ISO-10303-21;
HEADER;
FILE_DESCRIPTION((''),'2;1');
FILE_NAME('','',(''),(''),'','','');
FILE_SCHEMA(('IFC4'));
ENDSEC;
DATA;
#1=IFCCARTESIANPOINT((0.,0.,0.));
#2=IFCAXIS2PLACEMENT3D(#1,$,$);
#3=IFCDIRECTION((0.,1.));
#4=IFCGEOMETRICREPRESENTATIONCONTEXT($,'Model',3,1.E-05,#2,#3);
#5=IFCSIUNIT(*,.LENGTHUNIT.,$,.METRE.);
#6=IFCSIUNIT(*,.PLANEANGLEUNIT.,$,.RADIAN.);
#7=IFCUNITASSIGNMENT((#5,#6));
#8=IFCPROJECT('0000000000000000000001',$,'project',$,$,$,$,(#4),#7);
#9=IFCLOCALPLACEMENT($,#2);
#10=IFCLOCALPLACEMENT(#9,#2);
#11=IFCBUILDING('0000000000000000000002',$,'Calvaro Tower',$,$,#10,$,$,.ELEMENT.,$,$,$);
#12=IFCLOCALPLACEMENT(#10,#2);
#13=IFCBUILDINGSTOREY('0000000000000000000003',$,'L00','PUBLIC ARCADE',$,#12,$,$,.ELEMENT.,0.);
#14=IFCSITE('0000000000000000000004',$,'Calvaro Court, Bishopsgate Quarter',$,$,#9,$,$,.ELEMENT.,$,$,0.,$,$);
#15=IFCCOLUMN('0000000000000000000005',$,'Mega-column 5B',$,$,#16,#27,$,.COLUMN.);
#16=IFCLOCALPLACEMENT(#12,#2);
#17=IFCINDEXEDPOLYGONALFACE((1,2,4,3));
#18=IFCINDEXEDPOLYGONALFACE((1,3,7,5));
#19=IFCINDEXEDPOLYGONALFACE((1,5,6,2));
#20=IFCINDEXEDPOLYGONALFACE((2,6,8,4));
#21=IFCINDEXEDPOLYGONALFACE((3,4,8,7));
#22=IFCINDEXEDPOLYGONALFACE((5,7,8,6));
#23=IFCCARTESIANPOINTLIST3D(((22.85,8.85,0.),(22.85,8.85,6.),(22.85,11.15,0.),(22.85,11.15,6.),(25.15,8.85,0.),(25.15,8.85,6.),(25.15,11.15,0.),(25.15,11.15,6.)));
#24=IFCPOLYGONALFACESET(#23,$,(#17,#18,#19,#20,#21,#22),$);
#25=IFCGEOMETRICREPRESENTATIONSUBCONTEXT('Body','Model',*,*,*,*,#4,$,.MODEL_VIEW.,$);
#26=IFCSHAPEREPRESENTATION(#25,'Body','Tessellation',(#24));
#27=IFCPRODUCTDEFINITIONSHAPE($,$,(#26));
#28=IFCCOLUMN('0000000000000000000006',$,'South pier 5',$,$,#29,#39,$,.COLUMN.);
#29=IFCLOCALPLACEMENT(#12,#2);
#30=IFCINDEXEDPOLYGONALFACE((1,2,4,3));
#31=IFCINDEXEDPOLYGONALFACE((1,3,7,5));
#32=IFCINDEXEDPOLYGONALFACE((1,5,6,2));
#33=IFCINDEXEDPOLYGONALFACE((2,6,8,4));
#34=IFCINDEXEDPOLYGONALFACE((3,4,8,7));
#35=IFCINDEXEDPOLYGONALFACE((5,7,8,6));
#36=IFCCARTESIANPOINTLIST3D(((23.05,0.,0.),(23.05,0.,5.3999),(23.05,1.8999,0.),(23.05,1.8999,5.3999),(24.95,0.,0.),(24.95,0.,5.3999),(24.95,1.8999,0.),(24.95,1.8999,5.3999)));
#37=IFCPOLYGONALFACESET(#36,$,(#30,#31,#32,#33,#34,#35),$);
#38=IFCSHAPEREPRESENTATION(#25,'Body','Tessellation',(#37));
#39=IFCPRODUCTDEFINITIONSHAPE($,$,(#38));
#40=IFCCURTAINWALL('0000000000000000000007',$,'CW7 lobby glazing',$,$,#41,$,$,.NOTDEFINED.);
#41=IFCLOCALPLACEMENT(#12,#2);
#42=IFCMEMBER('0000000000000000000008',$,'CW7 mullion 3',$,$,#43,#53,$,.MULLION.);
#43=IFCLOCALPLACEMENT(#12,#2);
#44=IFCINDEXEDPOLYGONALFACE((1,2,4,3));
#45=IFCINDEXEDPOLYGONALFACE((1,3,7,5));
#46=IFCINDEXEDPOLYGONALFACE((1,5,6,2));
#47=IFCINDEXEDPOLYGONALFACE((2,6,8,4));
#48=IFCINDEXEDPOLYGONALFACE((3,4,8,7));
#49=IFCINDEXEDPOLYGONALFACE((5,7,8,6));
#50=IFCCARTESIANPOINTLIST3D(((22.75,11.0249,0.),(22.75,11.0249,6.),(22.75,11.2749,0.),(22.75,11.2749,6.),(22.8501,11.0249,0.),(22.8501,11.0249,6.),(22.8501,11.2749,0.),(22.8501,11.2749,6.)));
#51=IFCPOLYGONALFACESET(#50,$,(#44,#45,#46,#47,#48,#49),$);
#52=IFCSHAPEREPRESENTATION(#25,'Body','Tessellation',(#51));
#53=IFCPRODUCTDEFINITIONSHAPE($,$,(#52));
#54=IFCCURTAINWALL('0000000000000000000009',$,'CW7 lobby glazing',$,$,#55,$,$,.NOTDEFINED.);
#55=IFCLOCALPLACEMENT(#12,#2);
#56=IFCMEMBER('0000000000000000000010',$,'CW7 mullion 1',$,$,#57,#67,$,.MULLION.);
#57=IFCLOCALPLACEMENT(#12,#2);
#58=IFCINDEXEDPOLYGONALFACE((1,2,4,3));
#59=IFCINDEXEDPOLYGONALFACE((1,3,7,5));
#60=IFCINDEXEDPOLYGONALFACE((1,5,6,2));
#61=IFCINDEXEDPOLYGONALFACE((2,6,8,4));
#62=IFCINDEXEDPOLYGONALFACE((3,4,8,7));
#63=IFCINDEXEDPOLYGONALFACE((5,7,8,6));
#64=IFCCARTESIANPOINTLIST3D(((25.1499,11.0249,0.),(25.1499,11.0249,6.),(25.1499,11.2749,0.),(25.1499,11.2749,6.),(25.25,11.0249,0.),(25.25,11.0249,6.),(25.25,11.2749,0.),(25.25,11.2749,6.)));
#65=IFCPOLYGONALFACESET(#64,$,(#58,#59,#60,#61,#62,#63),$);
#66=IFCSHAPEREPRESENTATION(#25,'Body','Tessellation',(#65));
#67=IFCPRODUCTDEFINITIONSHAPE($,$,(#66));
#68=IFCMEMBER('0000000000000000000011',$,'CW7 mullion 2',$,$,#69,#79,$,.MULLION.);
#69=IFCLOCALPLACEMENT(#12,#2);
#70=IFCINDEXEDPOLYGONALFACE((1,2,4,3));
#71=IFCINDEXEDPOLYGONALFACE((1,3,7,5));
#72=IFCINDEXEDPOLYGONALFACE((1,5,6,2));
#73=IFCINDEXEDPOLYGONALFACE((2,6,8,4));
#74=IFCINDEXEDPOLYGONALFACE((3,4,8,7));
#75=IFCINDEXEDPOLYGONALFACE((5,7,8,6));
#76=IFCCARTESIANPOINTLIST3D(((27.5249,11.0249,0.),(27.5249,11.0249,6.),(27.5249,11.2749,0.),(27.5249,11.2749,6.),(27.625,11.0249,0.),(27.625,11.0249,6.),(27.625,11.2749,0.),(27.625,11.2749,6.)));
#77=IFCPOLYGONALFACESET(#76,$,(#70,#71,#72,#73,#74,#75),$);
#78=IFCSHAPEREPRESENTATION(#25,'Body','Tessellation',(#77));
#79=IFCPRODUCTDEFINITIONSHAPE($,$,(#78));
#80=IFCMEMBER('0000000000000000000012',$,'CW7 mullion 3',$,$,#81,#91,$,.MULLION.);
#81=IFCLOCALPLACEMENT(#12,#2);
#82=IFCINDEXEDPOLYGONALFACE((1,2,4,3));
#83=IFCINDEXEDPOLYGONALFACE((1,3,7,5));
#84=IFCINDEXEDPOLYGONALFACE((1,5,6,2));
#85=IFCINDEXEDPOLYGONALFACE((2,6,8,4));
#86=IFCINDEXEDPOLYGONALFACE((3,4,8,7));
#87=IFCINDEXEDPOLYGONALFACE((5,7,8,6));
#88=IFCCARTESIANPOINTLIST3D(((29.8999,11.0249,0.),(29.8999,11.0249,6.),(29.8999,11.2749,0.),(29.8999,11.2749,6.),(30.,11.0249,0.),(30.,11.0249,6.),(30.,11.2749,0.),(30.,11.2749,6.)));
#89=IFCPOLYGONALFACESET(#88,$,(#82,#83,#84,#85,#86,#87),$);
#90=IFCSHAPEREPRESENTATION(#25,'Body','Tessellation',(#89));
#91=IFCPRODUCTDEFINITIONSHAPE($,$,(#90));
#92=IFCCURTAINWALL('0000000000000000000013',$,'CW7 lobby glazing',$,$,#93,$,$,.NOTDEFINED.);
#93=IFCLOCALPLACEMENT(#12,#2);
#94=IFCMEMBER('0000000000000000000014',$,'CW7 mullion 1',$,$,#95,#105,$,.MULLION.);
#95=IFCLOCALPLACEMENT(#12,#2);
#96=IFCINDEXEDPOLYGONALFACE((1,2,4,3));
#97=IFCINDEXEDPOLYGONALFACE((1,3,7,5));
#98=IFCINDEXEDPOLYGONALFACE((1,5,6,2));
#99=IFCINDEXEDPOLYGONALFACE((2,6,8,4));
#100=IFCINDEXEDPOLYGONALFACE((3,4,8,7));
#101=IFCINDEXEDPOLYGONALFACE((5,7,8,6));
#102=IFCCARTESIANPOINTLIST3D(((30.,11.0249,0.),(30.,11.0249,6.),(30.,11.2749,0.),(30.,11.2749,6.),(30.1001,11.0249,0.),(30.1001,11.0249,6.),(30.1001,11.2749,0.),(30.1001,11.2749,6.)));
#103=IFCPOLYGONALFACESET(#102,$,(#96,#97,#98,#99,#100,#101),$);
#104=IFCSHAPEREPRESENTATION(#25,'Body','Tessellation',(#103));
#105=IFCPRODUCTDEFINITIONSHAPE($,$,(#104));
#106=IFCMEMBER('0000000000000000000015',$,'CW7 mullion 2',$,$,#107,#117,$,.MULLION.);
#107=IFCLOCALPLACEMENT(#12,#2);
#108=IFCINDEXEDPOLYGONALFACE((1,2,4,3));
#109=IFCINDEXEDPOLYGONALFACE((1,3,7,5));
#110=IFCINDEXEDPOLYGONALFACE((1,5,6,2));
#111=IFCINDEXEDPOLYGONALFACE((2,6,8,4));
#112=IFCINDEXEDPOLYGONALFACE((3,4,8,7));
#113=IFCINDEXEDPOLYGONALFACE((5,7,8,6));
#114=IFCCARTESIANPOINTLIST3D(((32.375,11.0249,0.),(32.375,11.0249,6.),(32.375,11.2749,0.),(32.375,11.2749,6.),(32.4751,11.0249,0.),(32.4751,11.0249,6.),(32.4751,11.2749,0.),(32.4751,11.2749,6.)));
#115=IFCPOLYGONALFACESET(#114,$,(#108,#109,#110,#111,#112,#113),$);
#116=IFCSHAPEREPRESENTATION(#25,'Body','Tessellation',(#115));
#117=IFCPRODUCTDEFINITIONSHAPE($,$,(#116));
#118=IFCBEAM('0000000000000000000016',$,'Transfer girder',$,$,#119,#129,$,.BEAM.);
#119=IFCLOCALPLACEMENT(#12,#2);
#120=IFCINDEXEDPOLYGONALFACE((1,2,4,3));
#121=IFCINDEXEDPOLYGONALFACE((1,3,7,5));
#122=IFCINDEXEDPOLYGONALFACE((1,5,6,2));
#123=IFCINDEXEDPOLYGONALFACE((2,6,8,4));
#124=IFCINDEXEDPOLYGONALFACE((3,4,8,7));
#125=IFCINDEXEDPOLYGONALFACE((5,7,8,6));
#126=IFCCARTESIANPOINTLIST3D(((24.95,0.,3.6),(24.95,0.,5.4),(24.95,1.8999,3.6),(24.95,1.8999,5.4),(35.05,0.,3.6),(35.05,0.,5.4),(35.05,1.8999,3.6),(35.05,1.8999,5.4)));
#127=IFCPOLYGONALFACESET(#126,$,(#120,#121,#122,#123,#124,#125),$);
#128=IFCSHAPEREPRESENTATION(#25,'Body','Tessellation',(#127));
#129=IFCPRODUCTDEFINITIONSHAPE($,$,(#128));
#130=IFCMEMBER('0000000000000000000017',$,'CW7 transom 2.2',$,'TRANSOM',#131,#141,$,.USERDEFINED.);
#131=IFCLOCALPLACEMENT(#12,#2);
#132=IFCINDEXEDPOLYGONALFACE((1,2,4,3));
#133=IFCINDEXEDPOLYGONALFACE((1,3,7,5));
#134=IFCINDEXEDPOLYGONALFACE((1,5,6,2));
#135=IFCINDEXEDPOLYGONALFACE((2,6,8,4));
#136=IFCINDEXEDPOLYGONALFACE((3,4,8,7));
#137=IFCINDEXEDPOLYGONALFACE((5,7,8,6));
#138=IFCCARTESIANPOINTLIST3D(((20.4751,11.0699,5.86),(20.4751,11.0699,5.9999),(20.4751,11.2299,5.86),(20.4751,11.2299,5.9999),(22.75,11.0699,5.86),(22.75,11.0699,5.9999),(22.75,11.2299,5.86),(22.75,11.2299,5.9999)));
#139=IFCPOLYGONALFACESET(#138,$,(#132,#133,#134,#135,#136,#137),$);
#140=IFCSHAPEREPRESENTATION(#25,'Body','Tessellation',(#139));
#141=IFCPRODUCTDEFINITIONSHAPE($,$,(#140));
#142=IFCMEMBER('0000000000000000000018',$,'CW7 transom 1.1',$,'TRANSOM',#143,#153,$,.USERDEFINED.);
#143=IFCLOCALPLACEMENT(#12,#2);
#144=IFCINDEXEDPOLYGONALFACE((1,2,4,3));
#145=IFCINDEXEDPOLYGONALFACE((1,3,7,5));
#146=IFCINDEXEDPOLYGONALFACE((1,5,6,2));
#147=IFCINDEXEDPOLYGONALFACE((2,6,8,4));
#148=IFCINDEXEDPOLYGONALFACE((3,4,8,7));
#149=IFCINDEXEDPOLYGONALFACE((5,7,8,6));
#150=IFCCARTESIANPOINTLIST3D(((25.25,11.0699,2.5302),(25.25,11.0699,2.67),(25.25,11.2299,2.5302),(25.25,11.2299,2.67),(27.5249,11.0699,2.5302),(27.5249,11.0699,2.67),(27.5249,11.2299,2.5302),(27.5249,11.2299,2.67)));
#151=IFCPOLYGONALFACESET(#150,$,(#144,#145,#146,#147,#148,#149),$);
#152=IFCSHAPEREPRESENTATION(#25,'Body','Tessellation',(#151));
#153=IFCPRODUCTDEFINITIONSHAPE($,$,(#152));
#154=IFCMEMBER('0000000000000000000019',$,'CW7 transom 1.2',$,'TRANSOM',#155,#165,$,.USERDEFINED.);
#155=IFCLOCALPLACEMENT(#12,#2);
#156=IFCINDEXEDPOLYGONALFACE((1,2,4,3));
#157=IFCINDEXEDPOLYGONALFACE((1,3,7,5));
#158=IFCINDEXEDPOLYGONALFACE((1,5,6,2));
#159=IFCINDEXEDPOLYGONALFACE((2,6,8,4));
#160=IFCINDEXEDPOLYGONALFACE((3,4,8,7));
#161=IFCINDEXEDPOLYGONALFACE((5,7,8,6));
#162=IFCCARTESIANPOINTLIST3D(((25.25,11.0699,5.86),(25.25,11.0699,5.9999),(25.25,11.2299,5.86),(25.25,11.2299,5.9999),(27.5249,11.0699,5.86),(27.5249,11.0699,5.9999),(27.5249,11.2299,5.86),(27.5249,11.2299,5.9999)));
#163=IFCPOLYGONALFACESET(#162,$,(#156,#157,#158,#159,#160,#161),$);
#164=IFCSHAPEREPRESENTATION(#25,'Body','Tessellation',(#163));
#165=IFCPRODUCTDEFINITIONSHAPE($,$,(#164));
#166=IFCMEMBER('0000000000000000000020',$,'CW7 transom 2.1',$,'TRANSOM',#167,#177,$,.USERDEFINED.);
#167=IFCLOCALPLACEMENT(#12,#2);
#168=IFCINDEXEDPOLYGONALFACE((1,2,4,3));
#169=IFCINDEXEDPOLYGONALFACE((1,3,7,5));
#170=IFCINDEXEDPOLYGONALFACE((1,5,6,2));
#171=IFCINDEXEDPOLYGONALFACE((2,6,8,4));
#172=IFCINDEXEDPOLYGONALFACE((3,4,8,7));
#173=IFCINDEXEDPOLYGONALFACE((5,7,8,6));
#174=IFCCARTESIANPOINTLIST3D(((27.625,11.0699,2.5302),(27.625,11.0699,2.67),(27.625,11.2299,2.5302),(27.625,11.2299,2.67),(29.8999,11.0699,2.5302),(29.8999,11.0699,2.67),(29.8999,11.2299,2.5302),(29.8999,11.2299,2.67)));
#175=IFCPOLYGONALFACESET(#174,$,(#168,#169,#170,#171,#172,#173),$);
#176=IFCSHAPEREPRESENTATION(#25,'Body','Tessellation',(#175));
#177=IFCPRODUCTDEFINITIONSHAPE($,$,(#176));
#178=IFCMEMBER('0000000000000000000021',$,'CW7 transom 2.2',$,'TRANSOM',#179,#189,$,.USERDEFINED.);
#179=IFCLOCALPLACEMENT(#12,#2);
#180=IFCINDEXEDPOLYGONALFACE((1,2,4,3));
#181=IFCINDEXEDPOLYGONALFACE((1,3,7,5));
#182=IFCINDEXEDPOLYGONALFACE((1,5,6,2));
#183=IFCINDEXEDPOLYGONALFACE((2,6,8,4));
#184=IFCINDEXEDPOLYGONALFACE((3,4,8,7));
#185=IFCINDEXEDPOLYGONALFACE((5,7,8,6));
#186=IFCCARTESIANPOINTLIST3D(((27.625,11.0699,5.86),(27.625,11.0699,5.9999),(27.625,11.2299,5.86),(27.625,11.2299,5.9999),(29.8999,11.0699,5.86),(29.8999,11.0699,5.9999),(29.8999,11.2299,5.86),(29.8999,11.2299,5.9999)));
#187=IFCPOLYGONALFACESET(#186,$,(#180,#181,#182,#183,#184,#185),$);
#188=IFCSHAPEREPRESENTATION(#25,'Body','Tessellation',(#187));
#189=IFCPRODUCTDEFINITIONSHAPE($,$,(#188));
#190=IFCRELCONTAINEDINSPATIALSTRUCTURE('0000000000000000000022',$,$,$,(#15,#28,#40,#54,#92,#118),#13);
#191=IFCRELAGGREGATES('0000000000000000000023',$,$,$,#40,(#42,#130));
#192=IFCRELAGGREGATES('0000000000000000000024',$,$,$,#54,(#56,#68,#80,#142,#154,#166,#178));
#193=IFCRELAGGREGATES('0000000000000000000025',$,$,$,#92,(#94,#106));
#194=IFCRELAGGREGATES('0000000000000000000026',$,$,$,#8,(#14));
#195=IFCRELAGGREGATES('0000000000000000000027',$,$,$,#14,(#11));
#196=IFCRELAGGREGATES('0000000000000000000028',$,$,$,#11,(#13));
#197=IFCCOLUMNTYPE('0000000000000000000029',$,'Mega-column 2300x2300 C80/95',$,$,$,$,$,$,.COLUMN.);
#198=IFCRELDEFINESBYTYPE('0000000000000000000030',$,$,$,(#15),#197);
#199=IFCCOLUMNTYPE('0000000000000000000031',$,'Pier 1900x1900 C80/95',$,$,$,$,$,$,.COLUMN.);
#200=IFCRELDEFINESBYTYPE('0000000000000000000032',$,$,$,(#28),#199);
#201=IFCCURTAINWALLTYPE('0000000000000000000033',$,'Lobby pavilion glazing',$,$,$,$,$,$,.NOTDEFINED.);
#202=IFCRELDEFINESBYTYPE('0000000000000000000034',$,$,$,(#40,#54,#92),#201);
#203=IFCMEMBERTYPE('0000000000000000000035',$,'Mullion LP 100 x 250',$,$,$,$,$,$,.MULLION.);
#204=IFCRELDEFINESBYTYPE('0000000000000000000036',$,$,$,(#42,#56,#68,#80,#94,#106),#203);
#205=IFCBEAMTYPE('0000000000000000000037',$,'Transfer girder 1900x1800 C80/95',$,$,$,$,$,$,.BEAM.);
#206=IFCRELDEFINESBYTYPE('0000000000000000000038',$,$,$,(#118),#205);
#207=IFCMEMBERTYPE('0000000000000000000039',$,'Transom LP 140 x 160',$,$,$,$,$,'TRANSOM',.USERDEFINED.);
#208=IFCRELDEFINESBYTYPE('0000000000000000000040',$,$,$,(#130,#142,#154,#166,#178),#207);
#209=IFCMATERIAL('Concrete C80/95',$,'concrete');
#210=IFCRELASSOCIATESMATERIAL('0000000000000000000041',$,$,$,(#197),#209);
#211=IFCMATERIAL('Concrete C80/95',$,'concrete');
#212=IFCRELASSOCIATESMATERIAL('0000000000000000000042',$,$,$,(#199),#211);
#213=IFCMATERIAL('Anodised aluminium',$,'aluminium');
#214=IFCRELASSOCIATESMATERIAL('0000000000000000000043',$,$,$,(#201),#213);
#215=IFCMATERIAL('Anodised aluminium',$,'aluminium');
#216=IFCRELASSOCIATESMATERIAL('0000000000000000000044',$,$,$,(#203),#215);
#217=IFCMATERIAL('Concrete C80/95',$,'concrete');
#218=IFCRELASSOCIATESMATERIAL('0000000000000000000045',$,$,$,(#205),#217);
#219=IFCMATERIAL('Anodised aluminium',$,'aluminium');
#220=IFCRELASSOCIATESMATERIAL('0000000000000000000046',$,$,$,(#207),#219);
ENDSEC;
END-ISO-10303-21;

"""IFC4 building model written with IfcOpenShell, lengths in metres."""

from ifc_helpers import new_model, si_unit, direction, frame, origin, origin_2d, place, context, subcontext, project, spatial, rectangle, extrude, material, material_profile, profile_set, type_object, element, aggregate, save


model = new_model("IFC4")

# Units and contexts
model_context = context("Model", 3, precision=1e-05, world=origin(), true_north=direction((0.0, 1.0)))
body_context = subcontext(model_context, "Body", "Model", "MODEL_VIEW")
ifc_project = project(units=[si_unit("LENGTHUNIT", "METRE"), si_unit("PLANEANGLEUNIT", "RADIAN")], contexts=[model_context])

# Site, building, storey
site_placement = place(None, origin())
site = spatial("IfcSite", under=ifc_project, at=site_placement, Name="Calvaro Court, Bishopsgate Quarter", CompositionType="ELEMENT", RefElevation=0.0)
building_placement = place(site_placement, origin())
building = spatial("IfcBuilding", under=site, at=building_placement, Name="Calvaro Tower", CompositionType="ELEMENT")
storey_placement = place(building_placement, origin())
storey = spatial("IfcBuildingStorey", under=building, at=storey_placement, Name="L00", Description="PUBLIC ARCADE", CompositionType="ELEMENT", Elevation=0.0)

# Columns
ifc_material_1 = material(Name="Concrete C80/95", Category="concrete")
ifc_material_profile_1 = material_profile(ifc_material_1, rectangle(XDim=2.3, YDim=2.3, at=origin_2d()), Name="RC 2300x2300")
ifc_profile_set_1 = profile_set([ifc_material_profile_1], Name="Concrete C80/95")
column_type_1 = type_object("IfcColumnType", Name="Mega-column 2300x2300 C80/95", PredefinedType="COLUMN", material=ifc_profile_set_1)
column_1_placement = place(storey_placement, frame((24.0, 10.0, 0.0), z_axis=(0.0, 0.0, 1.0), x_axis=(1.0, 0.0, 0.0)))
element("IfcColumn", 1, at=column_1_placement, inside=storey, type_object=column_type_1, Name="Mega-column 5B", PredefinedType="COLUMN", context=body_context, shape_type="SweptSolid", body=[
    extrude(rectangle(XDim=2.3, YDim=2.3, at=origin_2d()), origin(), (0.0, 0.0, 1.0), 6.0),
])
ifc_material_2 = material(Name="Concrete C80/95", Category="concrete")
ifc_material_profile_2 = material_profile(ifc_material_2, rectangle(XDim=1.8999, YDim=1.8999, at=origin_2d()), Name="RC 1900x1900")
ifc_profile_set_2 = profile_set([ifc_material_profile_2], Name="Concrete C80/95")
column_type_2 = type_object("IfcColumnType", Name="Pier 1900x1900 C80/95", PredefinedType="COLUMN", material=ifc_profile_set_2)
column_2_placement = place(storey_placement, frame((24.0, 0.95, 0.0), z_axis=(0.0, 0.0, 1.0), x_axis=(1.0, 0.0, 0.0)))
element("IfcColumn", 2, at=column_2_placement, inside=storey, type_object=column_type_2, Name="South pier 5", PredefinedType="COLUMN", context=body_context, shape_type="SweptSolid", body=[
    extrude(rectangle(XDim=1.8999, YDim=1.8999, at=origin_2d()), origin(), (0.0, 0.0, 1.0), 5.3999),
])

# Curtain wall, member
ifc_material_3 = material(Name="Anodised aluminium", Category="aluminium")
curtain_wall_type = type_object("IfcCurtainWallType", Name="Lobby pavilion glazing", PredefinedType="NOTDEFINED", material=ifc_material_3)
curtain_wall_1_placement = place(storey_placement, origin())
curtain_wall_1 = element("IfcCurtainWall", 3, at=curtain_wall_1_placement, inside=storey, type_object=curtain_wall_type, Name="CW7 lobby glazing", PredefinedType="NOTDEFINED")
ifc_material_4 = material(Name="Anodised aluminium", Category="aluminium")
ifc_material_profile_3 = material_profile(ifc_material_4, rectangle(XDim=0.25, YDim=0.1001, at=origin_2d()), Name="Mullion LP 100 x 250")
ifc_profile_set_3 = profile_set([ifc_material_profile_3], Name="Anodised aluminium")
member_type_1 = type_object("IfcMemberType", Name="Mullion LP 100 x 250", PredefinedType="MULLION", material=ifc_profile_set_3)
member_1_placement = place(storey_placement, frame((22.8, 11.1499, 0.0), z_axis=(0.0, 0.0, 1.0), x_axis=(0.0, 1.0, 0.0)))
member_1 = element("IfcMember", 4, at=member_1_placement, type_object=member_type_1, Name="CW7 mullion 3", PredefinedType="MULLION", context=body_context, shape_type="SweptSolid", body=[
    extrude(rectangle(XDim=0.25, YDim=0.1001, at=origin_2d()), origin(), (0.0, 0.0, 1.0), 6.0),
])

# Curtain walls, members
curtain_wall_2_placement = place(storey_placement, origin())
curtain_wall_2 = element("IfcCurtainWall", 5, at=curtain_wall_2_placement, inside=storey, type_object=curtain_wall_type, Name="CW7 lobby glazing", PredefinedType="NOTDEFINED")
member_2_placement = place(storey_placement, frame((25.2, 11.1499, 0.0), z_axis=(0.0, 0.0, 1.0), x_axis=(0.0, 1.0, 0.0)))
member_2 = element("IfcMember", 6, at=member_2_placement, type_object=member_type_1, Name="CW7 mullion 1", PredefinedType="MULLION", context=body_context, shape_type="SweptSolid", body=[
    extrude(rectangle(XDim=0.25, YDim=0.1001, at=origin_2d()), origin(), (0.0, 0.0, 1.0), 6.0),
])
member_3_placement = place(storey_placement, frame((27.575, 11.1499, 0.0), z_axis=(0.0, 0.0, 1.0), x_axis=(0.0, 1.0, 0.0)))
member_3 = element("IfcMember", 7, at=member_3_placement, type_object=member_type_1, Name="CW7 mullion 2", PredefinedType="MULLION", context=body_context, shape_type="SweptSolid", body=[
    extrude(rectangle(XDim=0.25, YDim=0.1001, at=origin_2d()), origin(), (0.0, 0.0, 1.0), 6.0),
])
member_4_placement = place(storey_placement, frame((29.95, 11.1499, 0.0), z_axis=(0.0, 0.0, 1.0), x_axis=(0.0, 1.0, 0.0)))
member_4 = element("IfcMember", 8, at=member_4_placement, type_object=member_type_1, Name="CW7 mullion 3", PredefinedType="MULLION", context=body_context, shape_type="SweptSolid", body=[
    extrude(rectangle(XDim=0.25, YDim=0.1001, at=origin_2d()), origin(), (0.0, 0.0, 1.0), 6.0),
])
curtain_wall_3_placement = place(storey_placement, origin())
curtain_wall_3 = element("IfcCurtainWall", 9, at=curtain_wall_3_placement, inside=storey, type_object=curtain_wall_type, Name="CW7 lobby glazing", PredefinedType="NOTDEFINED")
member_5_placement = place(storey_placement, frame((30.05, 11.1499, 0.0), z_axis=(0.0, 0.0, 1.0), x_axis=(0.0, 1.0, 0.0)))
member_5 = element("IfcMember", 10, at=member_5_placement, type_object=member_type_1, Name="CW7 mullion 1", PredefinedType="MULLION", context=body_context, shape_type="SweptSolid", body=[
    extrude(rectangle(XDim=0.25, YDim=0.1001, at=origin_2d()), origin(), (0.0, 0.0, 1.0), 6.0),
])
member_6_placement = place(storey_placement, frame((32.425, 11.1499, 0.0), z_axis=(0.0, 0.0, 1.0), x_axis=(0.0, 1.0, 0.0)))
member_6 = element("IfcMember", 11, at=member_6_placement, type_object=member_type_1, Name="CW7 mullion 2", PredefinedType="MULLION", context=body_context, shape_type="SweptSolid", body=[
    extrude(rectangle(XDim=0.25, YDim=0.1001, at=origin_2d()), origin(), (0.0, 0.0, 1.0), 6.0),
])

# Beam
ifc_material_5 = material(Name="Concrete C80/95", Category="concrete")
ifc_material_profile_4 = material_profile(ifc_material_5, rectangle(XDim=1.8999, YDim=1.8, at=origin_2d()), Name="RC 1900x1800")
ifc_profile_set_4 = profile_set([ifc_material_profile_4], Name="Concrete C80/95")
beam_type = type_object("IfcBeamType", Name="Transfer girder 1900x1800 C80/95", PredefinedType="BEAM", material=ifc_profile_set_4)
beam_placement = place(storey_placement, frame((24.95, 0.95, 4.5), z_axis=(1.0, 0.0, 0.0), x_axis=(0.0, 1.0, 0.0)))
element("IfcBeam", 12, at=beam_placement, inside=storey, type_object=beam_type, Name="Transfer girder", PredefinedType="BEAM", context=body_context, shape_type="SweptSolid", body=[
    extrude(rectangle(XDim=1.8999, YDim=1.8, at=origin_2d()), origin(), (0.0, 0.0, 1.0), 10.1001),
])

# Members
ifc_material_6 = material(Name="Anodised aluminium", Category="aluminium")
ifc_material_profile_5 = material_profile(ifc_material_6, rectangle(XDim=0.1599, YDim=0.1399, at=origin_2d()), Name="Transom LP 140 x 160")
ifc_profile_set_5 = profile_set([ifc_material_profile_5], Name="Anodised aluminium")
member_type_2 = type_object("IfcMemberType", Name="Transom LP 140 x 160", ElementType="TRANSOM", PredefinedType="USERDEFINED", material=ifc_profile_set_5)
member_7_placement = place(storey_placement, frame((20.4751, 11.1499, 5.9299), z_axis=(1.0, 0.0, 0.0), x_axis=(0.0, 1.0, 0.0)))
member_7 = element("IfcMember", 13, at=member_7_placement, type_object=member_type_2, Name="CW7 transom 2.2", ObjectType="TRANSOM", PredefinedType="USERDEFINED", context=body_context, shape_type="SweptSolid", body=[
    extrude(rectangle(XDim=0.1599, YDim=0.1399, at=origin_2d()), origin(), (0.0, 0.0, 1.0), 2.2749),
])
member_8_placement = place(storey_placement, frame((25.25, 11.1499, 2.6001), z_axis=(1.0, 0.0, 0.0), x_axis=(0.0, 1.0, 0.0)))
member_8 = element("IfcMember", 14, at=member_8_placement, type_object=member_type_2, Name="CW7 transom 1.1", ObjectType="TRANSOM", PredefinedType="USERDEFINED", context=body_context, shape_type="SweptSolid", body=[
    extrude(rectangle(XDim=0.1599, YDim=0.1399, at=origin_2d()), origin(), (0.0, 0.0, 1.0), 2.2749),
])
member_9_placement = place(storey_placement, frame((25.25, 11.1499, 5.9299), z_axis=(1.0, 0.0, 0.0), x_axis=(0.0, 1.0, 0.0)))
member_9 = element("IfcMember", 15, at=member_9_placement, type_object=member_type_2, Name="CW7 transom 1.2", ObjectType="TRANSOM", PredefinedType="USERDEFINED", context=body_context, shape_type="SweptSolid", body=[
    extrude(rectangle(XDim=0.1599, YDim=0.1399, at=origin_2d()), origin(), (0.0, 0.0, 1.0), 2.2749),
])
member_10_placement = place(storey_placement, frame((27.625, 11.1499, 2.6001), z_axis=(1.0, 0.0, 0.0), x_axis=(0.0, 1.0, 0.0)))
member_10 = element("IfcMember", 16, at=member_10_placement, type_object=member_type_2, Name="CW7 transom 2.1", ObjectType="TRANSOM", PredefinedType="USERDEFINED", context=body_context, shape_type="SweptSolid", body=[
    extrude(rectangle(XDim=0.1599, YDim=0.1399, at=origin_2d()), origin(), (0.0, 0.0, 1.0), 2.2749),
])
member_11_placement = place(storey_placement, frame((27.625, 11.1499, 5.9299), z_axis=(1.0, 0.0, 0.0), x_axis=(0.0, 1.0, 0.0)))
member_11 = element("IfcMember", 17, at=member_11_placement, type_object=member_type_2, Name="CW7 transom 2.2", ObjectType="TRANSOM", PredefinedType="USERDEFINED", context=body_context, shape_type="SweptSolid", body=[
    extrude(rectangle(XDim=0.1599, YDim=0.1399, at=origin_2d()), origin(), (0.0, 0.0, 1.0), 2.2749),
])

aggregate(curtain_wall_1, [member_1, member_7])
aggregate(curtain_wall_2, [member_2, member_3, member_4, member_8, member_9, member_10, member_11])
aggregate(curtain_wall_3, [member_5, member_6])

save(model, "model.ifc")
